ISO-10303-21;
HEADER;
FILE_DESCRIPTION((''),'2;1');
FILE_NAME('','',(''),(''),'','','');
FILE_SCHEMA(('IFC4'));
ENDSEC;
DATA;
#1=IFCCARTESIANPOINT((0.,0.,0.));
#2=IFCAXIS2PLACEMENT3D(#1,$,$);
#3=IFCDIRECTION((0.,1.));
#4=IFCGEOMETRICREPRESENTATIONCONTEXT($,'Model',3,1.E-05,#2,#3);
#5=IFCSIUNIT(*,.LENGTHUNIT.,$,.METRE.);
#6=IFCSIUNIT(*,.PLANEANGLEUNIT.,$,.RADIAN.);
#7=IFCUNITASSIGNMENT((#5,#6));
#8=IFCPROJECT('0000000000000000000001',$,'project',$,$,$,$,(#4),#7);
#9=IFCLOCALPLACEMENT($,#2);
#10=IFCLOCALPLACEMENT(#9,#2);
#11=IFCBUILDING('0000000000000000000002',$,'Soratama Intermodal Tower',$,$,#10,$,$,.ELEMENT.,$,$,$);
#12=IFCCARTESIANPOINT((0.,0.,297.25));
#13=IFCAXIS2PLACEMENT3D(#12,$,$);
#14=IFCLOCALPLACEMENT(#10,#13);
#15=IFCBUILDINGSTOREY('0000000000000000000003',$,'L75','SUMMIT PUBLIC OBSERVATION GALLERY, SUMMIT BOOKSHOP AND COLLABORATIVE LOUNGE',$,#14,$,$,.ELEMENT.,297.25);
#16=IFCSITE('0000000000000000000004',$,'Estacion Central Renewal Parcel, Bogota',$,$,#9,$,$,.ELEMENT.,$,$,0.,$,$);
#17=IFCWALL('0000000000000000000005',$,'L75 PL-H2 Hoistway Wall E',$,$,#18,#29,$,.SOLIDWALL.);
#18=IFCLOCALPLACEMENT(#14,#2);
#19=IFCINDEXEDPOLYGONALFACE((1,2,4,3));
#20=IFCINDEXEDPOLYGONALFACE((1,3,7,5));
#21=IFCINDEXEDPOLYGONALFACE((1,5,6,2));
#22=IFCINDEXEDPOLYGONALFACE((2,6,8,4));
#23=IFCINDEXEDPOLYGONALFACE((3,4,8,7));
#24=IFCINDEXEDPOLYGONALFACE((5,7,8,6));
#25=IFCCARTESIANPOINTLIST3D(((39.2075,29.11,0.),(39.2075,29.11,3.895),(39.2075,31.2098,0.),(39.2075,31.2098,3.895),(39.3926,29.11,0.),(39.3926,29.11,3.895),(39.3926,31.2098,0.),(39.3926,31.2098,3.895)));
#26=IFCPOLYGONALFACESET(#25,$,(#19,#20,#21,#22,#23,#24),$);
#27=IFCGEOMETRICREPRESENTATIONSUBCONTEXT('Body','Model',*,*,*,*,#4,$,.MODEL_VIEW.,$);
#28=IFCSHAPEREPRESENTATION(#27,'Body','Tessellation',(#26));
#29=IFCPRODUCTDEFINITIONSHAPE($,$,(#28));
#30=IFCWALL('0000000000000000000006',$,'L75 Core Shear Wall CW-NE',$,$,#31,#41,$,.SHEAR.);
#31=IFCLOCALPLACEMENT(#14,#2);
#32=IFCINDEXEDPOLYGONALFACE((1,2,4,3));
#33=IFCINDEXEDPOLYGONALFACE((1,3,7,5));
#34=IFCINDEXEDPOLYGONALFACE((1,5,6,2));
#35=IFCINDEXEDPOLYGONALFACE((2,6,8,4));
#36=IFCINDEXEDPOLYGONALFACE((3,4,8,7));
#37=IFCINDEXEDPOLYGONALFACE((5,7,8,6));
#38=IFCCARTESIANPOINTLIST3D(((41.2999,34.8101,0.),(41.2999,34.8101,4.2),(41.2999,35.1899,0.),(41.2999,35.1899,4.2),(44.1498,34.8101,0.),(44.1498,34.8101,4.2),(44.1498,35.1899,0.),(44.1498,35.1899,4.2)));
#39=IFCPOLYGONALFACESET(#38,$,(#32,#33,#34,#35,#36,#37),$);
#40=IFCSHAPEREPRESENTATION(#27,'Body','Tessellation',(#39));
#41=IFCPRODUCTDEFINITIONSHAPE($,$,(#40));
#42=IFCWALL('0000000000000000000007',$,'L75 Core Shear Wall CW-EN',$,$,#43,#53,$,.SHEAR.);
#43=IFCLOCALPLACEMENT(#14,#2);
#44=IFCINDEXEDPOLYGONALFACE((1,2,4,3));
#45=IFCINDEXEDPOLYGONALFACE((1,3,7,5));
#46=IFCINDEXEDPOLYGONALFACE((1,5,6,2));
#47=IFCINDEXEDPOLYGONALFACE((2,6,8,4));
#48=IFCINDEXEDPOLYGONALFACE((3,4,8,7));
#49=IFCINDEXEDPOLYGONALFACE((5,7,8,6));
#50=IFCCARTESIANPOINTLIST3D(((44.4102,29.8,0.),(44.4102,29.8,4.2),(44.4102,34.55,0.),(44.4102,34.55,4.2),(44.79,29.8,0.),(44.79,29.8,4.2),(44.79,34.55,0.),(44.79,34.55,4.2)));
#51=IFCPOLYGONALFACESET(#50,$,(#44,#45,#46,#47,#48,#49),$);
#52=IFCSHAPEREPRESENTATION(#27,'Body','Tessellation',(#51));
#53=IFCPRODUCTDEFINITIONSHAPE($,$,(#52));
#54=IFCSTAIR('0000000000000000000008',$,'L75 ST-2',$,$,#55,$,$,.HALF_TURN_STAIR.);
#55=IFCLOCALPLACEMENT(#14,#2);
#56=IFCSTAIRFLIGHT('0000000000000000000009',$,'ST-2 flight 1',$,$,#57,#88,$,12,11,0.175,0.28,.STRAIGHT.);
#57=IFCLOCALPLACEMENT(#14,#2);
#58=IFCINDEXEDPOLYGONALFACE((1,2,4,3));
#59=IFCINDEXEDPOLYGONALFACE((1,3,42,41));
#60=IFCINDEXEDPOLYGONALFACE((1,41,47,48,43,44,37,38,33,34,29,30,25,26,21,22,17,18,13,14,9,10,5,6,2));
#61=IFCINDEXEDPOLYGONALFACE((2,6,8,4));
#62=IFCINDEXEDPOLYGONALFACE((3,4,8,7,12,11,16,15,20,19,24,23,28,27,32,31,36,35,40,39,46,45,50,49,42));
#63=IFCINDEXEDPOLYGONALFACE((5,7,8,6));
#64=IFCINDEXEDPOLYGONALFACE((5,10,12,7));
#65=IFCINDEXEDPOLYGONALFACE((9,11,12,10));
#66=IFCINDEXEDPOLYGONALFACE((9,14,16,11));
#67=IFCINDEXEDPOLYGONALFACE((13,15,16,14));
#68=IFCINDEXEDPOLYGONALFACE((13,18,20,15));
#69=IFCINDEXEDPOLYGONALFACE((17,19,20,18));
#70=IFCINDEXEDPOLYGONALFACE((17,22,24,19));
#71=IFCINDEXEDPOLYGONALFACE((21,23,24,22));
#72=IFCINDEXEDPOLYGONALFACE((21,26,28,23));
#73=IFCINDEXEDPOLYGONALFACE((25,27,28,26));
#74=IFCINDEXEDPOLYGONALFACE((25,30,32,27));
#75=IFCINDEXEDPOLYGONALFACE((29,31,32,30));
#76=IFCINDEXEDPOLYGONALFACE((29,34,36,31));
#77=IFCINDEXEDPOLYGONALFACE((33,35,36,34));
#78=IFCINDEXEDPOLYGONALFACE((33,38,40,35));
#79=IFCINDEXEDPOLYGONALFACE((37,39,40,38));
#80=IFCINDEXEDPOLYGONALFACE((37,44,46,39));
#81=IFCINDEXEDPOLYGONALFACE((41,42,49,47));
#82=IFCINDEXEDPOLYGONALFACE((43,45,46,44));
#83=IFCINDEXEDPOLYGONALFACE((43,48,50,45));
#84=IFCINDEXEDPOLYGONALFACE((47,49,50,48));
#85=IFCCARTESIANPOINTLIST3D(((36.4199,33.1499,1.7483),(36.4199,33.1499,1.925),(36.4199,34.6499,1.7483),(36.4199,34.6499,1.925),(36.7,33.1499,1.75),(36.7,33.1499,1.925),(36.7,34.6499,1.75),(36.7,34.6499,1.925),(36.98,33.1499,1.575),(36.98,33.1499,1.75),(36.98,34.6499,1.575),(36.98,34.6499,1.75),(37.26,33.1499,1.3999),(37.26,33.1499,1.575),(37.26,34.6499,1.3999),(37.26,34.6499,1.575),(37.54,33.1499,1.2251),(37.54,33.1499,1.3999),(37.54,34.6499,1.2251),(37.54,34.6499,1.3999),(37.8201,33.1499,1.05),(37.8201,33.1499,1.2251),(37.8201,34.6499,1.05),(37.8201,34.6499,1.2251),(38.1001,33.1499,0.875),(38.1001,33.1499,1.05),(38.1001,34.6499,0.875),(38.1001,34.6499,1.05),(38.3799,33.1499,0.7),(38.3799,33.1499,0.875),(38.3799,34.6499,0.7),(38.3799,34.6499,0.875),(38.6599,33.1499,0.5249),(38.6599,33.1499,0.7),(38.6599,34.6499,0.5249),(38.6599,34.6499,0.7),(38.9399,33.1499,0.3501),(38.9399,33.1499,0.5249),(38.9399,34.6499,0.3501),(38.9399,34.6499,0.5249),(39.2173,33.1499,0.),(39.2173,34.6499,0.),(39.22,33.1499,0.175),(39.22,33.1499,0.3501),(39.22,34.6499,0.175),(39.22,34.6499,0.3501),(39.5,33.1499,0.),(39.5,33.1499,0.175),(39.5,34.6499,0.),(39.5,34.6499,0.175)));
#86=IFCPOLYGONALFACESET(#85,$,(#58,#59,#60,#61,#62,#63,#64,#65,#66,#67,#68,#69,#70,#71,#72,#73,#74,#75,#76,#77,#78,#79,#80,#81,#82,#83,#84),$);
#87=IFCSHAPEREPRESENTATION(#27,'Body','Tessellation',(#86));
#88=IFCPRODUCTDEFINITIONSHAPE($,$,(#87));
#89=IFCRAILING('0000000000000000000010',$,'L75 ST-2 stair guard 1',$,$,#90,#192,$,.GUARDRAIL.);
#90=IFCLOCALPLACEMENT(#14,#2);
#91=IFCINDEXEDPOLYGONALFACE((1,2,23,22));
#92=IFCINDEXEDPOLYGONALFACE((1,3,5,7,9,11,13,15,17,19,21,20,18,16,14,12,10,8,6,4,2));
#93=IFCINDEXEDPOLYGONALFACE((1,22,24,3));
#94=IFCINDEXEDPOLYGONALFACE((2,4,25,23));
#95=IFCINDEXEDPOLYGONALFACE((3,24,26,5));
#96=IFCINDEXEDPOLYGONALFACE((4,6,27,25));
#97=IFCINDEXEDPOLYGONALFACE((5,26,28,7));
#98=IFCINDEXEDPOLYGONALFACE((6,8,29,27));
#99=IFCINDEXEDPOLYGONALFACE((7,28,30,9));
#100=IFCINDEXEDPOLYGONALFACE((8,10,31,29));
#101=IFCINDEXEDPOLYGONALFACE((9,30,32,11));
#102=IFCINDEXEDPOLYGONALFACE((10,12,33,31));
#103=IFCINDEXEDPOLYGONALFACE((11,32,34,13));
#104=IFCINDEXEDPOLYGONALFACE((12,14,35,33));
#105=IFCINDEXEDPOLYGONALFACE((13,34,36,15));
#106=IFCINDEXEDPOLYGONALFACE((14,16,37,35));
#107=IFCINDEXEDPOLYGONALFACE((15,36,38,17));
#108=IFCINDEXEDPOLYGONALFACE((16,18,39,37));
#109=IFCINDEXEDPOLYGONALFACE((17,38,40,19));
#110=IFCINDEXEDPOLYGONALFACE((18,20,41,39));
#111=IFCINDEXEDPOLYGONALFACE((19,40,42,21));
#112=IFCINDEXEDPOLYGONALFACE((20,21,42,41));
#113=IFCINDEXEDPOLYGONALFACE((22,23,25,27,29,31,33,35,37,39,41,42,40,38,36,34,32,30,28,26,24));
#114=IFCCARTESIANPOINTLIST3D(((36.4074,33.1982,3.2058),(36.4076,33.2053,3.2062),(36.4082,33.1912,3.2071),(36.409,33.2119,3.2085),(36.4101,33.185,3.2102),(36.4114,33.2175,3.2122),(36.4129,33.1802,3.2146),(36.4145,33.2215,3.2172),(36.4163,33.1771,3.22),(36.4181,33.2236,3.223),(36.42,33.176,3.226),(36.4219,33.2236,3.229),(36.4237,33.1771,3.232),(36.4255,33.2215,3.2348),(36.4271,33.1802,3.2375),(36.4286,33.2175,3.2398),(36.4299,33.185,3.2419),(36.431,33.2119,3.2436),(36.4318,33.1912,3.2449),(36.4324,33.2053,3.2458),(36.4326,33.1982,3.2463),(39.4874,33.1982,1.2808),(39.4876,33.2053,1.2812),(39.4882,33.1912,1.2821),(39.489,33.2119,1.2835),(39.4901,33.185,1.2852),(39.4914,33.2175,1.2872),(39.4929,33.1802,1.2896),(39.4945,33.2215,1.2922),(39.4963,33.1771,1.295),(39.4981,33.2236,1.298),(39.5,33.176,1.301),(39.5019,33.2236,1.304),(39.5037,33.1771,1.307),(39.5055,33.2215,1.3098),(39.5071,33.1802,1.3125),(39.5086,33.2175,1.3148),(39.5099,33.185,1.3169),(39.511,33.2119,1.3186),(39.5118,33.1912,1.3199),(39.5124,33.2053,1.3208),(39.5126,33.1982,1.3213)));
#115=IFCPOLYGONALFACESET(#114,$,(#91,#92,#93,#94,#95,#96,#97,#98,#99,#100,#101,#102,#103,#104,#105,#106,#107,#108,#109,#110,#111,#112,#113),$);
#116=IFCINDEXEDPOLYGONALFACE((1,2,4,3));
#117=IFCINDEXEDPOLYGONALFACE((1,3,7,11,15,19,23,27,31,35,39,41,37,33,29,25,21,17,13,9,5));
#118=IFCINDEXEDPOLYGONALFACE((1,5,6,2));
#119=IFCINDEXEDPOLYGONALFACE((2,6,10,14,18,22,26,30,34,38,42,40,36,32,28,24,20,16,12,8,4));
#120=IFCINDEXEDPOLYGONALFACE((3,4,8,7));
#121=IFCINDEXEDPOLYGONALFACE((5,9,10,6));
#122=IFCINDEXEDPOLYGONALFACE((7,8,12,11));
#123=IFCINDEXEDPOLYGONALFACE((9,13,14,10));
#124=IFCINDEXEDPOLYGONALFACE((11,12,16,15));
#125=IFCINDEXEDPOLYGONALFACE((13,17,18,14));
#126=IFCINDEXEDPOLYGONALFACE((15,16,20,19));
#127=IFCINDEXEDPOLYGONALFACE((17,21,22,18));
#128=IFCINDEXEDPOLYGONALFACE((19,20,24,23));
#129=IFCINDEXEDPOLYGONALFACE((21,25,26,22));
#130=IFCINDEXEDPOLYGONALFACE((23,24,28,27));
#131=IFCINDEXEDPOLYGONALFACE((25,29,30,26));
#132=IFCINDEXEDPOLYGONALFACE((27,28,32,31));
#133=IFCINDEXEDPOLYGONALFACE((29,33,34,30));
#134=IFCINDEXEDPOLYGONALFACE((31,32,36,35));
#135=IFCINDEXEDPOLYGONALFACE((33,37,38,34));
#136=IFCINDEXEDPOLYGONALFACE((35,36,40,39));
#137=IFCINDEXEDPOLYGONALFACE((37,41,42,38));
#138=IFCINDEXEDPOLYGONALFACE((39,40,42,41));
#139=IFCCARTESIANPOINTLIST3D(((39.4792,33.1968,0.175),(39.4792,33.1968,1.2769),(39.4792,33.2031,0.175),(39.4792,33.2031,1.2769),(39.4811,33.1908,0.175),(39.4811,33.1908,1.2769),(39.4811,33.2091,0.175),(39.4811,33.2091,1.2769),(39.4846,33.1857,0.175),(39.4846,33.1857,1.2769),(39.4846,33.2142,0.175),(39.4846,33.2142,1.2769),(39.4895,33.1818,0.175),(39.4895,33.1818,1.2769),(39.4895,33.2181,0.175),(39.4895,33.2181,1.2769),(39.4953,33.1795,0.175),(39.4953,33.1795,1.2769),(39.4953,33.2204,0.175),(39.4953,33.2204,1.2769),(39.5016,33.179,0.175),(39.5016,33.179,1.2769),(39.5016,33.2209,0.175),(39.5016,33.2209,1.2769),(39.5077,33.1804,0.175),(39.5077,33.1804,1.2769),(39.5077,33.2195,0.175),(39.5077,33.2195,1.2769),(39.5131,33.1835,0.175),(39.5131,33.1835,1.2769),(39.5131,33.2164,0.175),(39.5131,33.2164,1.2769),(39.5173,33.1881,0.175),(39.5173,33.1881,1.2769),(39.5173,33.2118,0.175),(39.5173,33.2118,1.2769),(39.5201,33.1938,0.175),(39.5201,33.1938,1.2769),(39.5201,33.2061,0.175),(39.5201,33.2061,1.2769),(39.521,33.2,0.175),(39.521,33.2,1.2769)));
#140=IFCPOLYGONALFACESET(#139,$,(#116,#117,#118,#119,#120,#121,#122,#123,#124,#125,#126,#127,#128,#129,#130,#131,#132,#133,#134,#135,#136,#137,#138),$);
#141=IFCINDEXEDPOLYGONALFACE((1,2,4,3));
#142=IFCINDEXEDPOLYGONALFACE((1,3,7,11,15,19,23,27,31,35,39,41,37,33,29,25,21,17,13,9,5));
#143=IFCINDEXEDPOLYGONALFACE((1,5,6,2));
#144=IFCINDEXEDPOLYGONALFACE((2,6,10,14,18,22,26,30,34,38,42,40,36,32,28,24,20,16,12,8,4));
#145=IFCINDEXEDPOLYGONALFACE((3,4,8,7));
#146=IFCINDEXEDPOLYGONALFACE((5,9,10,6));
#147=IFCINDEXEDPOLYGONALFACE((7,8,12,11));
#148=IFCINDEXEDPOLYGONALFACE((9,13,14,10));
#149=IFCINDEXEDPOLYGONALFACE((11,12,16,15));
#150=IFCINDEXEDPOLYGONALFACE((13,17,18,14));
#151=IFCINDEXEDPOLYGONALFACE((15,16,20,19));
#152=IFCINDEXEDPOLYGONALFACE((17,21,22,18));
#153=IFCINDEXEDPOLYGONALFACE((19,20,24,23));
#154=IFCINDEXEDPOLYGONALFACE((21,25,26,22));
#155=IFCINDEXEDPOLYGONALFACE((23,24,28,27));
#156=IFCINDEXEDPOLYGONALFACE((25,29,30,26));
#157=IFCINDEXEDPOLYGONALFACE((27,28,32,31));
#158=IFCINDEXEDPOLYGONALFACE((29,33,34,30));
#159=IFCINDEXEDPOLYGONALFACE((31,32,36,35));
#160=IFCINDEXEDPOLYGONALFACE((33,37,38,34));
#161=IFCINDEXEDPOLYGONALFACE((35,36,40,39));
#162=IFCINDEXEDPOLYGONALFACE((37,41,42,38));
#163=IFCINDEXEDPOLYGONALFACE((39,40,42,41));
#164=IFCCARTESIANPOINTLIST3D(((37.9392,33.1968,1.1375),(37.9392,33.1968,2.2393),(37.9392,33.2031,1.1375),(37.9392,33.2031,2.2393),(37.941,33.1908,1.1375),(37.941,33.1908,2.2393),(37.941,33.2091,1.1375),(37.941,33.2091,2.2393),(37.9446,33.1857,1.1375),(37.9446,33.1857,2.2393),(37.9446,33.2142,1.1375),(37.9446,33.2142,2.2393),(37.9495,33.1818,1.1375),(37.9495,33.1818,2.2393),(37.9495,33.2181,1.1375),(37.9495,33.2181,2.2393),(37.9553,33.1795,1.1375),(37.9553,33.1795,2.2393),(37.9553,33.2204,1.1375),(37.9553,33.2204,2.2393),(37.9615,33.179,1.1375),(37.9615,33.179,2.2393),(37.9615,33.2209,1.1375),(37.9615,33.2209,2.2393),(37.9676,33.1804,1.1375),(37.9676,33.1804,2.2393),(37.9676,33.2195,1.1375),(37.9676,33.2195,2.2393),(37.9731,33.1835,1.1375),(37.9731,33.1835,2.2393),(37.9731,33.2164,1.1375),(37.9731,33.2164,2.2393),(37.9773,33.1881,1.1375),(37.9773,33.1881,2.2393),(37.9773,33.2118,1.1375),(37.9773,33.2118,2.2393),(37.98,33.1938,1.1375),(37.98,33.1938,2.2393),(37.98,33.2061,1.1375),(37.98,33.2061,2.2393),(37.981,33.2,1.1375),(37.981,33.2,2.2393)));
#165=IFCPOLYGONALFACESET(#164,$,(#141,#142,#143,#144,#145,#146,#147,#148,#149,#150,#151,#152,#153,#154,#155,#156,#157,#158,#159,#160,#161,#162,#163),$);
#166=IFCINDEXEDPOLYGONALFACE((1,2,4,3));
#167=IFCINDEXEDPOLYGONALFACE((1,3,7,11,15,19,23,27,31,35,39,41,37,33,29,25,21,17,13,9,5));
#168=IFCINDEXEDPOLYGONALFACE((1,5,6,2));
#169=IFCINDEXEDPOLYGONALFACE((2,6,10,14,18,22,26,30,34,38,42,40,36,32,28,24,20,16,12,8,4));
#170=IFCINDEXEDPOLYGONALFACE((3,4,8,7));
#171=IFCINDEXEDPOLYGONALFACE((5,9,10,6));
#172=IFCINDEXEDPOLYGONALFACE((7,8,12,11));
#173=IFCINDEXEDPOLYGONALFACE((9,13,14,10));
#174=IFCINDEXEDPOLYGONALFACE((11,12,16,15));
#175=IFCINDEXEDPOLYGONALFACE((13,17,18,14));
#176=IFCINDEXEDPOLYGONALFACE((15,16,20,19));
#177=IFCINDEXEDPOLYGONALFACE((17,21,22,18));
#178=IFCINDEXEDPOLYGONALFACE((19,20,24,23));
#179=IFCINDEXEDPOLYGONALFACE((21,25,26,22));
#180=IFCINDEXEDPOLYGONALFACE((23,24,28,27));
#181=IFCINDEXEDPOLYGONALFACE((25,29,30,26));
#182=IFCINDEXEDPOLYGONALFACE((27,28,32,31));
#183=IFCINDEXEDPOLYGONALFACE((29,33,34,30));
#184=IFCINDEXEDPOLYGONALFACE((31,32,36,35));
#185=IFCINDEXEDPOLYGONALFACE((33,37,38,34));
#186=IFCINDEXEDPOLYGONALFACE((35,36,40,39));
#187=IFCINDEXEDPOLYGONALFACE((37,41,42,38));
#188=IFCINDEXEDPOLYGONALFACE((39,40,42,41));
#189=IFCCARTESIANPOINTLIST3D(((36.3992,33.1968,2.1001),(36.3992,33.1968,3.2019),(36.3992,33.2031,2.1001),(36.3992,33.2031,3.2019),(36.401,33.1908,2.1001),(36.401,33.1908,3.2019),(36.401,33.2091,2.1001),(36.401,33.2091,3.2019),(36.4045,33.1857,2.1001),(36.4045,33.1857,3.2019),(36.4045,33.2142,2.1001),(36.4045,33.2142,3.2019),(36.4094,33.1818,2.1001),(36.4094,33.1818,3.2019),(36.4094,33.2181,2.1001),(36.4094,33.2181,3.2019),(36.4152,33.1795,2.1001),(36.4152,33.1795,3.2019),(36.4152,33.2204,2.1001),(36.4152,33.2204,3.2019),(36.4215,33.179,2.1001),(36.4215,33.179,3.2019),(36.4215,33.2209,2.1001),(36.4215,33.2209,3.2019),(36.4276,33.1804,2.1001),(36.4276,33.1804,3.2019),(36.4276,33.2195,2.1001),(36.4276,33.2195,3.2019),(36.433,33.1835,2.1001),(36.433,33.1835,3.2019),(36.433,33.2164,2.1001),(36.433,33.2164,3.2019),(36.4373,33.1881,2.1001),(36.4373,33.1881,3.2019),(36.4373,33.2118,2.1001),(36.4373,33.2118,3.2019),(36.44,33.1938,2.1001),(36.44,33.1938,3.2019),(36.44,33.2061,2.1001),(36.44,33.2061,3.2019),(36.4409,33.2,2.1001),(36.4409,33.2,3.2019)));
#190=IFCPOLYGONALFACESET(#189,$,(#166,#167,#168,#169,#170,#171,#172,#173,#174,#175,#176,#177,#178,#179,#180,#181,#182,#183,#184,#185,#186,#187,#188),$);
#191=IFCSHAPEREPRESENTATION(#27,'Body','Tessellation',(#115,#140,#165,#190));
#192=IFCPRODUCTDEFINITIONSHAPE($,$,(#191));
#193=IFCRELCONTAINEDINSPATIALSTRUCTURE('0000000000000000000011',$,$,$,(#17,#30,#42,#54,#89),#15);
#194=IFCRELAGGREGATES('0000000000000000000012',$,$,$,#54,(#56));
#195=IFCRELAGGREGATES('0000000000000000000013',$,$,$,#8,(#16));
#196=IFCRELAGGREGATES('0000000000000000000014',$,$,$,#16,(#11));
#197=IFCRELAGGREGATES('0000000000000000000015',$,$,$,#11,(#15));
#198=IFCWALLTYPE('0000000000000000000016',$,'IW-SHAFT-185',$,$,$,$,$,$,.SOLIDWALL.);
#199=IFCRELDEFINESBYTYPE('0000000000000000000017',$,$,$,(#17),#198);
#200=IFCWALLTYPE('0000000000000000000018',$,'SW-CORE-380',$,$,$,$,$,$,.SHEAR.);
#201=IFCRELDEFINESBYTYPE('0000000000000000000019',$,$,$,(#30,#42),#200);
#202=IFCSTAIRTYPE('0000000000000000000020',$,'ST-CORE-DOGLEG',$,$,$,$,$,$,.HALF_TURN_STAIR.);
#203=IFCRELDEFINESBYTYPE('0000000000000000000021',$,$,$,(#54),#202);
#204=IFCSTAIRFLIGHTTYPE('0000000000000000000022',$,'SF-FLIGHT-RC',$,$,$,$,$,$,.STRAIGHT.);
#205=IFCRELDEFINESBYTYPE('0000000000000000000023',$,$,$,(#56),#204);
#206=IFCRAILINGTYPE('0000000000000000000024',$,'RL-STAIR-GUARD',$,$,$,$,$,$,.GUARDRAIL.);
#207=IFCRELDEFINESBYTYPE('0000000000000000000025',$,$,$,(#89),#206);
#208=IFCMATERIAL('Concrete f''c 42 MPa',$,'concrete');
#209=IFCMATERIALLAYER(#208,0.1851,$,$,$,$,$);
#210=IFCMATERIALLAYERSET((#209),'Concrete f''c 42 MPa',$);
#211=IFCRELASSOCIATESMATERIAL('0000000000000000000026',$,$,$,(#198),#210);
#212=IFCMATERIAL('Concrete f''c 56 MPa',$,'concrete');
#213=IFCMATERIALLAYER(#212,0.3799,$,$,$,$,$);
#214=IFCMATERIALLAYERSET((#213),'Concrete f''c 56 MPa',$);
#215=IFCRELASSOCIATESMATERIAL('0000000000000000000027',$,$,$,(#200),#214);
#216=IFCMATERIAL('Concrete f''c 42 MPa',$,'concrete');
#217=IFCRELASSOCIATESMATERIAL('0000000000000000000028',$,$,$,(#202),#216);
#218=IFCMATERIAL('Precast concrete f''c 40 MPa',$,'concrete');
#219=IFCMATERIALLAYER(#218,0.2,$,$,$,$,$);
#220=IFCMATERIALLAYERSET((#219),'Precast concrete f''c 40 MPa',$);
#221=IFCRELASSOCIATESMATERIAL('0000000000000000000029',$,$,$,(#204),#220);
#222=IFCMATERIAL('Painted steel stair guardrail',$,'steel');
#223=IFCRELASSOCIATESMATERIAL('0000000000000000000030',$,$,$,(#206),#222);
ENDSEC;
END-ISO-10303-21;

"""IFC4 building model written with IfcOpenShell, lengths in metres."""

from ifc_helpers import new_model, si_unit, direction, frame, frame_2d, origin, origin_2d, place, context, subcontext, project, spatial, polyline, rectangle, circle, outline, extrude, material, layer, layer_set, type_object, element, aggregate, save


model = new_model("IFC4")

# Units and contexts
model_context = context("Model", 3, precision=1e-05, world=origin(), true_north=direction((0.0, 1.0)))
body_context = subcontext(model_context, "Body", "Model", "MODEL_VIEW")
ifc_project = project(units=[si_unit("LENGTHUNIT", "METRE"), si_unit("PLANEANGLEUNIT", "RADIAN")], contexts=[model_context])

# Site, building, storey
site_placement = place(None, origin())
site = spatial("IfcSite", under=ifc_project, at=site_placement, Name="Estacion Central Renewal Parcel, Bogota", CompositionType="ELEMENT", RefElevation=0.0)
building_placement = place(site_placement, origin())
building = spatial("IfcBuilding", under=site, at=building_placement, Name="Soratama Intermodal Tower", CompositionType="ELEMENT")
storey_placement = place(building_placement, frame((0.0, 0.0, 297.25)))
storey = spatial("IfcBuildingStorey", under=building, at=storey_placement, Name="L75", Description="SUMMIT PUBLIC OBSERVATION GALLERY, SUMMIT BOOKSHOP AND COLLABORATIVE LOUNGE", CompositionType="ELEMENT", Elevation=297.25)

# Walls
ifc_material_1 = material(Name="Concrete f'c 42 MPa", Category="concrete")
ifc_layer_1 = layer(ifc_material_1, 0.1851)
ifc_layer_set_1 = layer_set([ifc_layer_1], Name="Concrete f'c 42 MPa")
wall_type_1 = type_object("IfcWallType", Name="IW-SHAFT-185", PredefinedType="SOLIDWALL", material=ifc_layer_set_1)
wall_1_placement = place(storey_placement, frame((39.3, 29.1101, 0.0), z_axis=(0.0, 0.0, 1.0), x_axis=(0.0, 1.0, 0.0)))
element("IfcWall", 1, at=wall_1_placement, inside=storey, type_object=wall_type_1, Name="L75 PL-H2 Hoistway Wall E", PredefinedType="SOLIDWALL", context=body_context, shape_type="SweptSolid", body=[
    extrude(rectangle(XDim=2.0999, YDim=0.1851, at=frame_2d((1.0498, 0.0))), origin(), (0.0, 0.0, 1.0), 3.895),
])
ifc_material_2 = material(Name="Concrete f'c 56 MPa", Category="concrete")
ifc_layer_2 = layer(ifc_material_2, 0.3799)
ifc_layer_set_2 = layer_set([ifc_layer_2], Name="Concrete f'c 56 MPa")
wall_type_2 = type_object("IfcWallType", Name="SW-CORE-380", PredefinedType="SHEAR", material=ifc_layer_set_2)
wall_2_placement = place(storey_placement, frame((41.3, 35.0, 0.0), z_axis=(0.0, 0.0, 1.0), x_axis=(1.0, 0.0, 0.0)))
element("IfcWall", 2, at=wall_2_placement, inside=storey, type_object=wall_type_2, Name="L75 Core Shear Wall CW-NE", PredefinedType="SHEAR", context=body_context, shape_type="SweptSolid", body=[
    extrude(rectangle(XDim=2.8499, YDim=0.3799, at=frame_2d((1.4248, 0.0))), origin(), (0.0, 0.0, 1.0), 4.2),
])
wall_3_placement = place(storey_placement, frame((44.6001, 29.8, 0.0), z_axis=(0.0, 0.0, 1.0), x_axis=(0.0, 1.0, 0.0)))
element("IfcWall", 3, at=wall_3_placement, inside=storey, type_object=wall_type_2, Name="L75 Core Shear Wall CW-EN", PredefinedType="SHEAR", context=body_context, shape_type="SweptSolid", body=[
    extrude(rectangle(XDim=4.75, YDim=0.3799, at=frame_2d((2.375, 0.0))), origin(), (0.0, 0.0, 1.0), 4.2),
])

# Stair, stair flight
ifc_material_3 = material(Name="Concrete f'c 42 MPa", Category="concrete")
stair_type = type_object("IfcStairType", Name="ST-CORE-DOGLEG", PredefinedType="HALF_TURN_STAIR", material=ifc_material_3)
stair_placement = place(storey_placement, origin())
stair = element("IfcStair", 4, at=stair_placement, inside=storey, type_object=stair_type, Name="L75 ST-2", PredefinedType="HALF_TURN_STAIR")
ifc_material_4 = material(Name="Precast concrete f'c 40 MPa", Category="concrete")
ifc_layer_3 = layer(ifc_material_4, 0.2)
ifc_layer_set_3 = layer_set([ifc_layer_3], Name="Precast concrete f'c 40 MPa")
stair_flight_type = type_object("IfcStairFlightType", Name="SF-FLIGHT-RC", PredefinedType="STRAIGHT", material=ifc_layer_set_3)
stair_flight_placement = place(storey_placement, frame((39.5, 33.8999, 0.0), z_axis=(0.0, 0.0, 1.0), x_axis=(-1.0, 0.0, 0.0)))
stair_flight = element("IfcStairFlight", 5, at=stair_flight_placement, type_object=stair_flight_type, Name="ST-2 flight 1", NumberOfRisers=12, NumberOfTreads=11, PredefinedType="STRAIGHT", RiserHeight=0.175, TreadLength=0.28, context=body_context, shape_type="SweptSolid", body=[
    extrude(outline(polyline([(0.0, 0.0), (0.0, 0.175), (0.28, 0.175), (0.28, 0.3501), (0.5601, 0.3501), (0.5601, 0.5249), (0.8401, 0.5249), (0.8401, 0.7), (1.1201, 0.7), (1.1201, 0.875), (1.3999, 0.875), (1.3999, 1.05), (1.6799, 1.05), (1.6799, 1.2251), (1.96, 1.2251), (1.96, 1.3999), (2.24, 1.3999), (2.24, 1.575), (2.52, 1.575), (2.52, 1.75), (2.8, 1.75), (2.8, 1.925), (3.0801, 1.925), (3.0801, 2.1001), (3.0801, 1.7483), (0.2827, 0.0), (0.0, 0.0)])), frame((0.0, 0.75, 0.0), z_axis=(0.0, -1.0, 0.0), x_axis=(1.0, 0.0, 0.0)), (0.0, 0.0, 1.0), 1.5),
])
aggregate(stair, [stair_flight])

# Railing
ifc_material_5 = material(Name="Painted steel stair guardrail", Category="steel")
railing_type_1 = type_object("IfcRailingType", Name="RL-STAIR-GUARD", PredefinedType="GUARDRAIL", material=ifc_material_5)
railing_1_placement = place(storey_placement, frame((39.5, 33.2, 0.175)))
element("IfcRailing", 6, at=railing_1_placement, inside=storey, type_object=railing_type_1, Name="L75 ST-2 stair guard 1", PredefinedType="GUARDRAIL", context=body_context, shape_type="SweptSolid", body=[
    extrude(circle(Radius=0.0239, at=origin_2d()), frame((0.0, 0.0, 1.126), z_axis=(-0.847998, 0.0, 0.529999), x_axis=(0.0, -1.0, 0.0)), (0.0, 0.0, 1.0), 3.6321),
    extrude(circle(Radius=0.021, at=origin_2d()), origin(), (0.0, 0.0, 1.0), 1.1018),
    extrude(circle(Radius=0.021, at=origin_2d()), frame((-1.54, 0.0, 0.9624)), (0.0, 0.0, 1.0), 1.1018),
    extrude(circle(Radius=0.021, at=origin_2d()), frame((-3.0801, 0.0, 1.925)), (0.0, 0.0, 1.0), 1.1018),
])

save(model, "model.ifc")
